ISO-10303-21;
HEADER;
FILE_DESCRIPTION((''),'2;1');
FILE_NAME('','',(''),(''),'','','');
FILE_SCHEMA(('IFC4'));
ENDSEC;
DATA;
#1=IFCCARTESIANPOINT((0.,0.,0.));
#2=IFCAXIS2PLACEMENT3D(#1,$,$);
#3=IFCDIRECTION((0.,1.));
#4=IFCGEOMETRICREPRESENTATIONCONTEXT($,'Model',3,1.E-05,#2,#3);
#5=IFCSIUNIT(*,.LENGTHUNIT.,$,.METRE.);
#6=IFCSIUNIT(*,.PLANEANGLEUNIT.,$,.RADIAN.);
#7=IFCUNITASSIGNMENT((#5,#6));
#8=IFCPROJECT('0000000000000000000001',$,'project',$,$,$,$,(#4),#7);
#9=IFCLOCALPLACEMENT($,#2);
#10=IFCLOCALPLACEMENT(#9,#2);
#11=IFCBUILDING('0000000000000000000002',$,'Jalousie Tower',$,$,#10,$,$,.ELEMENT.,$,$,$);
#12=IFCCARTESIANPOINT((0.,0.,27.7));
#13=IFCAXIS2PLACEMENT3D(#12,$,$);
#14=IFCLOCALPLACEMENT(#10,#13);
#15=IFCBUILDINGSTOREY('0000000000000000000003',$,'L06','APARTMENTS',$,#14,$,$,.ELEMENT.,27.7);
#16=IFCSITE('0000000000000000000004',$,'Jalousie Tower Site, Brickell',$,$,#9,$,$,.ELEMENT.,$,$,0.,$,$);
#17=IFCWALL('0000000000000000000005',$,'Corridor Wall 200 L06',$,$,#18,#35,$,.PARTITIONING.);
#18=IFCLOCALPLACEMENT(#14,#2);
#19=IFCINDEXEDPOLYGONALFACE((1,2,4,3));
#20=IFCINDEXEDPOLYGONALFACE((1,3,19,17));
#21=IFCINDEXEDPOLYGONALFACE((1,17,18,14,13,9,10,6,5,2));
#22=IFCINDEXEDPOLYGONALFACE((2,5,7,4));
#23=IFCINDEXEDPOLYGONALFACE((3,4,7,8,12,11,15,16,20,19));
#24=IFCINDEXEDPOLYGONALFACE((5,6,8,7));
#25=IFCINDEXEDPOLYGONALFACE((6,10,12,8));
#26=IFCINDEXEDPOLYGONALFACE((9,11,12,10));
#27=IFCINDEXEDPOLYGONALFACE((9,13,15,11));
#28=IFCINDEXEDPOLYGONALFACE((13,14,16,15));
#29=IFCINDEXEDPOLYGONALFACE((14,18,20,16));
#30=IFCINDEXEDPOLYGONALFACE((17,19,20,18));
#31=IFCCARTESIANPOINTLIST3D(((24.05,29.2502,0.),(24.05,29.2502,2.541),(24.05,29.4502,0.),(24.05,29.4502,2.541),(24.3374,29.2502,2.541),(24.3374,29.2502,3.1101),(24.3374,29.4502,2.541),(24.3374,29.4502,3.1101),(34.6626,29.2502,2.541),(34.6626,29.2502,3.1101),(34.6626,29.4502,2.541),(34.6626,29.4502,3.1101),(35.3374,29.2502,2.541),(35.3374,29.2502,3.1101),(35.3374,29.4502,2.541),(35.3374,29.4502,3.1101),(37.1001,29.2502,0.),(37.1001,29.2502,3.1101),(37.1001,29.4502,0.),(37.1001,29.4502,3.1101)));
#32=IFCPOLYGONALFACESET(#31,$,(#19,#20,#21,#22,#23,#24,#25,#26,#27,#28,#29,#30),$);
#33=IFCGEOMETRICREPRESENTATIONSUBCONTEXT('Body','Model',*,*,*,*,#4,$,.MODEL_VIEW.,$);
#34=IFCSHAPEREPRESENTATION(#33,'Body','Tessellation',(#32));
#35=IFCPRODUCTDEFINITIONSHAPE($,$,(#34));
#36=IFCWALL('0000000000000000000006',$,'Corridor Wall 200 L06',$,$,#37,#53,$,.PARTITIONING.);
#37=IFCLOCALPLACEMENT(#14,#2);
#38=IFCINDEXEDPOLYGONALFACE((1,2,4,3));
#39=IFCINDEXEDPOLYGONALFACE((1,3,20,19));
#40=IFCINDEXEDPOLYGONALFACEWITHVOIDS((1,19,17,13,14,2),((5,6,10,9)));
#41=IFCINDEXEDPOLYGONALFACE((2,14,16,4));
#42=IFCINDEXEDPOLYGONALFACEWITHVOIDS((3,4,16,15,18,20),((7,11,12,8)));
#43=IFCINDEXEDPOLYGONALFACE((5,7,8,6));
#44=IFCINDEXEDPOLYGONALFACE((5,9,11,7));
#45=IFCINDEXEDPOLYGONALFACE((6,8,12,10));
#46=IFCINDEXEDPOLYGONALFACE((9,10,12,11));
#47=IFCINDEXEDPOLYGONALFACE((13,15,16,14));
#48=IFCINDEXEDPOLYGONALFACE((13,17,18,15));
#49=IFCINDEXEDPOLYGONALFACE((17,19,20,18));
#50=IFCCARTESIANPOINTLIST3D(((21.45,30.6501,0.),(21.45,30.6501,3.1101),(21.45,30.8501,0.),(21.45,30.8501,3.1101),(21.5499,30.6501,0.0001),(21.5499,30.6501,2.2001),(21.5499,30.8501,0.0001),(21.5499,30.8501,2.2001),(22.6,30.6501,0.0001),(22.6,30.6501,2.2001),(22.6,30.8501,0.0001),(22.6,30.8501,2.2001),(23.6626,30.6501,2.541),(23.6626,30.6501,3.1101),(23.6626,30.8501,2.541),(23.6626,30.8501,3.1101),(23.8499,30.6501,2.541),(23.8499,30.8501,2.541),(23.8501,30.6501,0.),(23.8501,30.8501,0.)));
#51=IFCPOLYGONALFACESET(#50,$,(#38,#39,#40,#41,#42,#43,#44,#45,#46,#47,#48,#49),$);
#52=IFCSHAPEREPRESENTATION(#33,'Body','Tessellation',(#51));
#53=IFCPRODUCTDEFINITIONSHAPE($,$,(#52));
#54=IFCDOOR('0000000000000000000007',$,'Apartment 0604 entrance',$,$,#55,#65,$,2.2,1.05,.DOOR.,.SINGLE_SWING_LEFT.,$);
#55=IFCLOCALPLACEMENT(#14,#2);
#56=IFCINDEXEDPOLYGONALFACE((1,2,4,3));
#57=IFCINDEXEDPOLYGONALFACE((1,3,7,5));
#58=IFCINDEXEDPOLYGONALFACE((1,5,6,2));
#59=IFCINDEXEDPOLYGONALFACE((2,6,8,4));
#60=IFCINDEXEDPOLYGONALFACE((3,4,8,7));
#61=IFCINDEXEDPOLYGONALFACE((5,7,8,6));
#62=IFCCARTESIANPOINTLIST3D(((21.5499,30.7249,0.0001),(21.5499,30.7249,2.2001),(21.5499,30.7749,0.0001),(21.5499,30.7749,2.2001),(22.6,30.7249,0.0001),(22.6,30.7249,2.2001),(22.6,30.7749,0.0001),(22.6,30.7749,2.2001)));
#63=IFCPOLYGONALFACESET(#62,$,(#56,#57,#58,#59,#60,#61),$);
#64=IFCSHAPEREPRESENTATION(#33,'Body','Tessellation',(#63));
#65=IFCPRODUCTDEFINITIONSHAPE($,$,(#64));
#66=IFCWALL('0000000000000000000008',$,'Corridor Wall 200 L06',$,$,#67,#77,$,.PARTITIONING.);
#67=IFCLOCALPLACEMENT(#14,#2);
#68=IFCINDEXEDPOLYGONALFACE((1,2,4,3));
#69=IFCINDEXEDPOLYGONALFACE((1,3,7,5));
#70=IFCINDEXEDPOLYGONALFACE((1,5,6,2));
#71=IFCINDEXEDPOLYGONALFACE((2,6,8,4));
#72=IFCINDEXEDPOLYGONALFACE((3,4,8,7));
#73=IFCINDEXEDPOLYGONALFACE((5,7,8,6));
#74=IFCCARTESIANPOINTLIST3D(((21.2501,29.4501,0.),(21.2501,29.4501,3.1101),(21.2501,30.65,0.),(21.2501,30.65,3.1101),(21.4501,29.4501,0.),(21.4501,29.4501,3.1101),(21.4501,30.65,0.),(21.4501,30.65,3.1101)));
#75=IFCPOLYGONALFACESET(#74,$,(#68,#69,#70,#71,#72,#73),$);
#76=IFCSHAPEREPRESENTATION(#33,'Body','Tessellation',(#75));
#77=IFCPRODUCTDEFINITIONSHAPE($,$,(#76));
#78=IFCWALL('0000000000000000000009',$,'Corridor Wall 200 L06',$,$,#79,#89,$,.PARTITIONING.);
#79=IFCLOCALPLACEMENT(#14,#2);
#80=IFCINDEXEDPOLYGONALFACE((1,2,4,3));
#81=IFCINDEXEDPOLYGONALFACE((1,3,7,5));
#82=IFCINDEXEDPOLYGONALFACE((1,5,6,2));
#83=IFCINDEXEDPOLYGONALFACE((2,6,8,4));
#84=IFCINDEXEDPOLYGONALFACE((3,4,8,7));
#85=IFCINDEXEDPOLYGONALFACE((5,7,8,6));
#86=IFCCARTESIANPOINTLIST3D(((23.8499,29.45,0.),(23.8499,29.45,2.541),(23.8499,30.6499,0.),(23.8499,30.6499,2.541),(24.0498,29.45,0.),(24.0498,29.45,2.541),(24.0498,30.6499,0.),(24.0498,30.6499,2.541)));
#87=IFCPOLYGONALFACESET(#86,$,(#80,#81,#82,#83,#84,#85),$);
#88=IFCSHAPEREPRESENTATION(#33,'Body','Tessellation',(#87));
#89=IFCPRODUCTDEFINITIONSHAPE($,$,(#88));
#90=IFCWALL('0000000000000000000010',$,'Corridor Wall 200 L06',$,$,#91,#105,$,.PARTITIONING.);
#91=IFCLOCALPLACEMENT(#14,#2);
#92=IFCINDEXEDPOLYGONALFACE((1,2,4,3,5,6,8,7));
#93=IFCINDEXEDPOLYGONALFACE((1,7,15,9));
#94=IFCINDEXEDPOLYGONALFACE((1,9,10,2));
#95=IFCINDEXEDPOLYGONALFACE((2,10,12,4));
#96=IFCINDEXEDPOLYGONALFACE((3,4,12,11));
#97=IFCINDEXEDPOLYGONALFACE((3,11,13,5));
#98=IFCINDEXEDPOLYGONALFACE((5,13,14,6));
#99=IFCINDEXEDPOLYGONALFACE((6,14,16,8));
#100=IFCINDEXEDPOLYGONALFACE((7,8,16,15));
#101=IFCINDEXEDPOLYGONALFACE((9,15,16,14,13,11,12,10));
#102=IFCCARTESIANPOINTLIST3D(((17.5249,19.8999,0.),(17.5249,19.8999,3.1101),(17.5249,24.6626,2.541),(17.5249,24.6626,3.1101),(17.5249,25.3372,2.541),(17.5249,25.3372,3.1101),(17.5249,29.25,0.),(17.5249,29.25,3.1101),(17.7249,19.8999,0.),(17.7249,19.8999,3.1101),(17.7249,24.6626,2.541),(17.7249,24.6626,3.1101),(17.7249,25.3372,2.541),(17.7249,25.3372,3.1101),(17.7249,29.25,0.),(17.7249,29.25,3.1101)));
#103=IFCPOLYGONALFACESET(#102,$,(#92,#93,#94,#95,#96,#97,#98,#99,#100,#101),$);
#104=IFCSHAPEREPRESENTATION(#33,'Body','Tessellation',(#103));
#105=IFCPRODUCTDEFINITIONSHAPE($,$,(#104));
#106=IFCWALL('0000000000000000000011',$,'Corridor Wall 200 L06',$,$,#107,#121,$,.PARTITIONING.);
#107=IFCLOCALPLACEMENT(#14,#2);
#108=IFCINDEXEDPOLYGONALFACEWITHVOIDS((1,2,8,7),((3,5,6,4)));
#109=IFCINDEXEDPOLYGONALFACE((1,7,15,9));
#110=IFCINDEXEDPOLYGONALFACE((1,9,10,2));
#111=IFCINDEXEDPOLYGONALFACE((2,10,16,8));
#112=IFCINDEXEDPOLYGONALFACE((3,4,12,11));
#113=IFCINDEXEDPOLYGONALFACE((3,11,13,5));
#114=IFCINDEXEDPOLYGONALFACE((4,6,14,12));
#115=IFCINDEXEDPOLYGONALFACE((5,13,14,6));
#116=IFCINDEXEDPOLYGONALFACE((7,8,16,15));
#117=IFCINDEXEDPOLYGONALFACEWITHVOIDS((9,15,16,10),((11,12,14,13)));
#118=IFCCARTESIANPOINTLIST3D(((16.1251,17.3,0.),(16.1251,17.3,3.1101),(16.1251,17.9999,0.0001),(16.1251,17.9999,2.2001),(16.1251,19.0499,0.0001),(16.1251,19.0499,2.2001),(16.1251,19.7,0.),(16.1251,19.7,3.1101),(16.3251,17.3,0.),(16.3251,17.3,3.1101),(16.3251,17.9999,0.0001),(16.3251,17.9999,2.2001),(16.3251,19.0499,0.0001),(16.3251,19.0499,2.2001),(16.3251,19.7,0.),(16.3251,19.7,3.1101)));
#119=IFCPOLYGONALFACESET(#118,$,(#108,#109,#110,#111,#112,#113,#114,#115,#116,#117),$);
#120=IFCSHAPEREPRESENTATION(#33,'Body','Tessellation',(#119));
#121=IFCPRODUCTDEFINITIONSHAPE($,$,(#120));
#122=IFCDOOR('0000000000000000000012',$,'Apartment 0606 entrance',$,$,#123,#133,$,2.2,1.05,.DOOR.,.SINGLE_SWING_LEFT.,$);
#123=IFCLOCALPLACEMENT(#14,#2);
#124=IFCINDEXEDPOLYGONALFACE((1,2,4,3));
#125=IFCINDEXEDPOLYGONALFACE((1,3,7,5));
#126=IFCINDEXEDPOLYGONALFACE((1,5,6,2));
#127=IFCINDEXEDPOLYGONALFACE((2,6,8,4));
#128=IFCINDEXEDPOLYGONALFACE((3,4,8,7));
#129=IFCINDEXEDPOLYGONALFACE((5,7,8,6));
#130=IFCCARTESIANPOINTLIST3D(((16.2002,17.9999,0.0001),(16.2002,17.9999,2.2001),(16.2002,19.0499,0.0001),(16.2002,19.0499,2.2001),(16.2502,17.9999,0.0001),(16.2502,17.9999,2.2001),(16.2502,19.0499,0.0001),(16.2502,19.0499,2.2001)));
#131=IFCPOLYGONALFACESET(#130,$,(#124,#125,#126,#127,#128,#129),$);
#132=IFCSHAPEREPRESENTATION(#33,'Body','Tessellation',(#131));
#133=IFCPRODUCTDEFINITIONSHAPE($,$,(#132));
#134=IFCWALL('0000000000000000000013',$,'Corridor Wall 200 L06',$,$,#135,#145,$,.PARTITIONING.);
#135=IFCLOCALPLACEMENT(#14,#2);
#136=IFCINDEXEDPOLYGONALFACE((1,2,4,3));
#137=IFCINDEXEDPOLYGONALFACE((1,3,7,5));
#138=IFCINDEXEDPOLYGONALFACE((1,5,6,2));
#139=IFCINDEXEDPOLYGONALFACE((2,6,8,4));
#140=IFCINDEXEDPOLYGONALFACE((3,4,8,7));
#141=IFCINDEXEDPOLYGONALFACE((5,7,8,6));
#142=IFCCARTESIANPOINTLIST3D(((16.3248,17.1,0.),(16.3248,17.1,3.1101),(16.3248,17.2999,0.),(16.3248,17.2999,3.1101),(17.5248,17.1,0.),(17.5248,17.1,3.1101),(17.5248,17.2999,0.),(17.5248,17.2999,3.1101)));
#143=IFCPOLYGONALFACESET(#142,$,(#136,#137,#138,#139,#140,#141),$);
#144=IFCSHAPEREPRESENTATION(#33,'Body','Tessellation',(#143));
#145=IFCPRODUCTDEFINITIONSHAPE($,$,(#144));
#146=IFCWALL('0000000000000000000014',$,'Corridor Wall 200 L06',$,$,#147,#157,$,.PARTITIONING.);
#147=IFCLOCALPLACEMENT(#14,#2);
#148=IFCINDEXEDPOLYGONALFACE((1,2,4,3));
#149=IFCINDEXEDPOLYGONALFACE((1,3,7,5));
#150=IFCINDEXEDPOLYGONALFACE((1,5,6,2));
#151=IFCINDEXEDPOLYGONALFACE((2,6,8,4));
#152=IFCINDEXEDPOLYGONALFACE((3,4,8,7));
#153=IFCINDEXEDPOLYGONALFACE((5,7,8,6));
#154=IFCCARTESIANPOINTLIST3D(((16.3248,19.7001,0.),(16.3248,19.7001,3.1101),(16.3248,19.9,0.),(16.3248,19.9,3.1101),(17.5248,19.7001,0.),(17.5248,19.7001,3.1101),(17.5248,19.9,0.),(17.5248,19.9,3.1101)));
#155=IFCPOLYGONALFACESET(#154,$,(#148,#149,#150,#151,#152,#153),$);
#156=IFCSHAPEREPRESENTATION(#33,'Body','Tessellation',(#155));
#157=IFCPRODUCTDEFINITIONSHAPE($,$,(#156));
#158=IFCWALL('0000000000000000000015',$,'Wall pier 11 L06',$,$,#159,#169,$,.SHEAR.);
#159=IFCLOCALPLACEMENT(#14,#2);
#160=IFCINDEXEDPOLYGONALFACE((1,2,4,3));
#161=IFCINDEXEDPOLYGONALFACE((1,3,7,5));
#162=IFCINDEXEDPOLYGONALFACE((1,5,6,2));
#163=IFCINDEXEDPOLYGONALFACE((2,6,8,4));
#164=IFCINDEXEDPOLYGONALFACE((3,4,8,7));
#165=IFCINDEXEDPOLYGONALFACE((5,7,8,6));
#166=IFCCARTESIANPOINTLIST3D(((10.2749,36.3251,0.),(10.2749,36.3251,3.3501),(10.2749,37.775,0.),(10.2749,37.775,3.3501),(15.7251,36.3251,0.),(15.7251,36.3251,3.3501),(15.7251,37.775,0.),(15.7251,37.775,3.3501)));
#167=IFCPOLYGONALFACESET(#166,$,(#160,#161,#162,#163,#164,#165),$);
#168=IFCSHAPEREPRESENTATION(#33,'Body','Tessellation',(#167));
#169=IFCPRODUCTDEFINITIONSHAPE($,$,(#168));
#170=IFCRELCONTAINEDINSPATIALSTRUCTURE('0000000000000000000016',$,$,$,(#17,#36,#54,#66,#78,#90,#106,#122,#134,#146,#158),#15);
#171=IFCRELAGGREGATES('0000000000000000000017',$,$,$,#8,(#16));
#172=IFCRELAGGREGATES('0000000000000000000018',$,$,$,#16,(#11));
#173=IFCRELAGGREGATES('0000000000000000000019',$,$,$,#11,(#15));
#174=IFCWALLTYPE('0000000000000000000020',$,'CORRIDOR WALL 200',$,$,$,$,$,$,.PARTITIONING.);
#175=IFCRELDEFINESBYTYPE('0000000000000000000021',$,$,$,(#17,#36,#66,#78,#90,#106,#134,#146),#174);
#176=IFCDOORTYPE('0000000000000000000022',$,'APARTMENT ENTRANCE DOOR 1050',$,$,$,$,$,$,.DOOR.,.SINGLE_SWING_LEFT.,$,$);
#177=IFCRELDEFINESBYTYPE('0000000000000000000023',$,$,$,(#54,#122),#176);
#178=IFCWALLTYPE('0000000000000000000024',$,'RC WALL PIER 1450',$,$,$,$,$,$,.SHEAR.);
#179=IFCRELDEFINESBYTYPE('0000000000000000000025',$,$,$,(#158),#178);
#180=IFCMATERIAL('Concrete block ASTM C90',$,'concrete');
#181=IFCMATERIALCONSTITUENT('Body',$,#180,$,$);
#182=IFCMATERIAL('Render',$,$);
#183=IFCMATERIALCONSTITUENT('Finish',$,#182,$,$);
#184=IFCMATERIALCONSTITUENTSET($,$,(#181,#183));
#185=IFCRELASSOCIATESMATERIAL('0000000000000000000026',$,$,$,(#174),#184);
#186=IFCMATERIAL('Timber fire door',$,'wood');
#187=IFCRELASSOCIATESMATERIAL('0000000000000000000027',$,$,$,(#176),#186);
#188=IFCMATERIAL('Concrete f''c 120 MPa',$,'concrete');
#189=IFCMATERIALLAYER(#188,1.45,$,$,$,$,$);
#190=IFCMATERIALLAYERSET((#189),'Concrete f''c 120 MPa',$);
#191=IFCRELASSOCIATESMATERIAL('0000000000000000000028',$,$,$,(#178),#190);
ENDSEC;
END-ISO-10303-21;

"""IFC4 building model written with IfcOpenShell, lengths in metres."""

from ifc_helpers import new_model, si_unit, direction, frame, frame_2d, origin, place, context, subcontext, project, spatial, polyline, rectangle, outline, extrude, material, layer, layer_set, constituent, constituent_set, type_object, element, fill, save


model = new_model("IFC4")

# Units and contexts
model_context = context("Model", 3, precision=1e-05, world=origin(), true_north=direction((0.0, 1.0)))
body_context = subcontext(model_context, "Body", "Model", "MODEL_VIEW")
ifc_project = project(units=[si_unit("LENGTHUNIT", "METRE"), si_unit("PLANEANGLEUNIT", "RADIAN")], contexts=[model_context])

# Site, building, storey
site_placement = place(None, origin())
site = spatial("IfcSite", under=ifc_project, at=site_placement, Name="Jalousie Tower Site, Brickell", CompositionType="ELEMENT", RefElevation=0.0)
building_placement = place(site_placement, origin())
building = spatial("IfcBuilding", under=site, at=building_placement, Name="Jalousie Tower", CompositionType="ELEMENT")
storey_placement = place(building_placement, frame((0.0, 0.0, 27.7)))
storey = spatial("IfcBuildingStorey", under=building, at=storey_placement, Name="L06", Description="APARTMENTS", CompositionType="ELEMENT", Elevation=27.7)

# Wall
ifc_material_1 = material(Name="Concrete block ASTM C90", Category="concrete")
ifc_constituent_1 = constituent(ifc_material_1, Name="Body")
ifc_material_2 = material(Name="Render")
ifc_constituent_2 = constituent(ifc_material_2, Name="Finish")
ifc_constituent_set_1 = constituent_set(constituents=[ifc_constituent_1, ifc_constituent_2])
wall_type_1 = type_object("IfcWallType", Name="CORRIDOR WALL 200", PredefinedType="PARTITIONING", material=ifc_constituent_set_1)
wall_1_placement = place(storey_placement, frame((24.05, 29.3501, 0.0), z_axis=(0.0, 0.0, 1.0), x_axis=(1.0, 0.0, 0.0)))
element("IfcWall", 1, at=wall_1_placement, inside=storey, type_object=wall_type_1, Name="Corridor Wall 200 L06", PredefinedType="PARTITIONING", context=body_context, shape_type="SweptSolid", body=[
    extrude(outline(polyline([(0.0, 0.0), (13.05, 0.0), (13.05, 3.1101), (11.2874, 3.1101), (11.2874, 2.541), (10.6125, 2.541), (10.6125, 3.1101), (0.2874, 3.1101), (0.2874, 2.541), (0.0, 2.541), (0.0, 3.1101), (0.0, 0.0)])), frame((0.0, 0.1001, 0.0), z_axis=(0.0, -1.0, 0.0), x_axis=(1.0, 0.0, 0.0)), (0.0, 0.0, 1.0), 0.2),
])

# Wall, opening, door
wall_2_placement = place(storey_placement, frame((21.45, 30.75, 0.0), z_axis=(0.0, 0.0, 1.0), x_axis=(1.0, 0.0, 0.0)))
wall_2 = element("IfcWall", 2, at=wall_2_placement, inside=storey, type_object=wall_type_1, Name="Corridor Wall 200 L06", PredefinedType="PARTITIONING", context=body_context, shape_type="SweptSolid", body=[
    extrude(outline(polyline([(0.0, 0.0), (2.4001, 0.0), (2.3999, 3.1101), (2.3999, 2.541), (2.2126, 2.541), (2.2126, 3.1101), (0.0, 3.1101), (0.0, 0.0)])), frame((0.0, 0.1001, 0.0), z_axis=(0.0, -1.0, 0.0), x_axis=(1.0, 0.0, 0.0)), (0.0, 0.0, 1.0), 0.2),
])
opening_1_placement = place(wall_2_placement, frame((0.1001, 0.0, 0.0)))
opening_1 = element("IfcOpeningElement", 3, at=opening_1_placement, cuts=wall_2, PredefinedType="OPENING", context=body_context, shape_type="SweptSolid", body=[
    extrude(rectangle(XDim=1.05, YDim=2.2, at=frame_2d((0.5249, 1.1001))), frame((0.0, 0.1099, 0.0), z_axis=(0.0, -1.0, 0.0), x_axis=(1.0, 0.0, 0.0)), (0.0, 0.0, 1.0), 0.22),
])
ifc_material_3 = material(Name="Timber fire door", Category="wood")
door_type_1 = type_object("IfcDoorType", Name="APARTMENT ENTRANCE DOOR 1050", OperationType="SINGLE_SWING_LEFT", PredefinedType="DOOR", material=ifc_material_3)
door_1_placement = place(opening_1_placement, origin())
door_1 = element("IfcDoor", 4, at=door_1_placement, inside=storey, type_object=door_type_1, Name="Apartment 0604 entrance", OperationType="SINGLE_SWING_LEFT", OverallHeight=2.2, OverallWidth=1.05, PredefinedType="DOOR", context=body_context, shape_type="SweptSolid", body=[
    extrude(rectangle(XDim=1.05, YDim=2.2, at=frame_2d((0.5249, 1.1001))), frame((0.0, 0.0249, 0.0), z_axis=(0.0, -1.0, 0.0), x_axis=(1.0, 0.0, 0.0)), (0.0, 0.0, 1.0), 0.05),
])
fill(opening_1, door_1)

# Walls
wall_3_placement = place(storey_placement, frame((21.3501, 29.45, 0.0), z_axis=(0.0, 0.0, 1.0), x_axis=(0.0, 1.0, 0.0)))
element("IfcWall", 5, at=wall_3_placement, inside=storey, type_object=wall_type_1, Name="Corridor Wall 200 L06", PredefinedType="PARTITIONING", context=body_context, shape_type="SweptSolid", body=[
    extrude(rectangle(XDim=1.2, YDim=0.2, at=frame_2d((0.6001, 0.0))), origin(), (0.0, 0.0, 1.0), 3.1101),
])
wall_4_placement = place(storey_placement, frame((23.95, 29.45, 0.0), z_axis=(0.0, 0.0, 1.0), x_axis=(0.0, 1.0, 0.0)))
element("IfcWall", 6, at=wall_4_placement, inside=storey, type_object=wall_type_1, Name="Corridor Wall 200 L06", PredefinedType="PARTITIONING", context=body_context, shape_type="SweptSolid", body=[
    extrude(outline(polyline([(0.0, 0.0), (1.2, 0.0), (1.2, 3.1101), (1.2, 2.541), (0.0, 2.541), (0.0, 3.1101), (0.0, 0.0)])), frame((0.0, 0.1001, 0.0), z_axis=(0.0, -1.0, 0.0), x_axis=(1.0, 0.0, 0.0)), (0.0, 0.0, 1.0), 0.2),
])
wall_5_placement = place(storey_placement, frame((17.625, 19.8999, 0.0), z_axis=(0.0, 0.0, 1.0), x_axis=(0.0, 1.0, 0.0)))
element("IfcWall", 7, at=wall_5_placement, inside=storey, type_object=wall_type_1, Name="Corridor Wall 200 L06", PredefinedType="PARTITIONING", context=body_context, shape_type="SweptSolid", body=[
    extrude(outline(polyline([(0.0, 0.0), (9.3501, 0.0), (9.3501, 3.1101), (5.4373, 3.1101), (5.4373, 2.541), (4.7627, 2.541), (4.7627, 3.1101), (0.0, 3.1101), (0.0, 0.0)])), frame((0.0, 0.1001, 0.0), z_axis=(0.0, -1.0, 0.0), x_axis=(1.0, 0.0, 0.0)), (0.0, 0.0, 1.0), 0.2),
])

# Wall, opening, door
wall_6_placement = place(storey_placement, frame((16.2251, 17.3, 0.0), z_axis=(0.0, 0.0, 1.0), x_axis=(0.0, 1.0, 0.0)))
wall_6 = element("IfcWall", 8, at=wall_6_placement, inside=storey, type_object=wall_type_1, Name="Corridor Wall 200 L06", PredefinedType="PARTITIONING", context=body_context, shape_type="SweptSolid", body=[
    extrude(rectangle(XDim=2.3999, YDim=0.2, at=frame_2d((1.2, 0.0))), origin(), (0.0, 0.0, 1.0), 3.1101),
])
opening_2_placement = place(wall_6_placement, frame((0.7, 0.0, 0.0)))
opening_2 = element("IfcOpeningElement", 9, at=opening_2_placement, cuts=wall_6, PredefinedType="OPENING", context=body_context, shape_type="SweptSolid", body=[
    extrude(rectangle(XDim=1.05, YDim=2.2, at=frame_2d((0.5249, 1.1001))), frame((0.0, 0.1099, 0.0), z_axis=(0.0, -1.0, 0.0), x_axis=(1.0, 0.0, 0.0)), (0.0, 0.0, 1.0), 0.22),
])
door_2_placement = place(opening_2_placement, origin())
door_2 = element("IfcDoor", 10, at=door_2_placement, inside=storey, type_object=door_type_1, Name="Apartment 0606 entrance", OperationType="SINGLE_SWING_LEFT", OverallHeight=2.2, OverallWidth=1.05, PredefinedType="DOOR", context=body_context, shape_type="SweptSolid", body=[
    extrude(rectangle(XDim=1.05, YDim=2.2, at=frame_2d((0.5249, 1.1001))), frame((0.0, 0.0249, 0.0), z_axis=(0.0, -1.0, 0.0), x_axis=(1.0, 0.0, 0.0)), (0.0, 0.0, 1.0), 0.05),
])
fill(opening_2, door_2)

# Walls
for number, where, z_axis, x_axis, name in (
    (11, (17.5249, 17.2, 0.0), (0.0, 0.0, 1.0), (-1.0, 0.0, 0.0), "Corridor Wall 200 L06"),
    (12, (17.5249, 19.8, 0.0), (0.0, 0.0, 1.0), (-1.0, 0.0, 0.0), "Corridor Wall 200 L06"),
):
    element("IfcWall", number, at=place(storey_placement, frame(where, z_axis=z_axis, x_axis=x_axis)), inside=storey, type_object=wall_type_1, Name=name, PredefinedType="PARTITIONING", context=body_context, shape_type="SweptSolid", body=[
        extrude(rectangle(XDim=1.2, YDim=0.2, at=frame_2d((0.6001, 0.0))), origin(), (0.0, 0.0, 1.0), 3.1101),
    ])
ifc_material_4 = material(Name="Concrete f'c 120 MPa", Category="concrete")
ifc_layer_1 = layer(ifc_material_4, 1.45)
ifc_layer_set_1 = layer_set([ifc_layer_1], Name="Concrete f'c 120 MPa")
wall_type_2 = type_object("IfcWallType", Name="RC WALL PIER 1450", PredefinedType="SHEAR", material=ifc_layer_set_1)
wall_7_placement = place(storey_placement, frame((10.2749, 37.05, 0.0), z_axis=(0.0, 0.0, 1.0), x_axis=(1.0, 0.0, 0.0)))
element("IfcWall", 13, at=wall_7_placement, inside=storey, type_object=wall_type_2, Name="Wall pier 11 L06", PredefinedType="SHEAR", context=body_context, shape_type="SweptSolid", body=[
    extrude(rectangle(XDim=5.4502, YDim=1.45, at=frame_2d((2.7251, 0.0))), origin(), (0.0, 0.0, 1.0), 3.3501),
])

save(model, "model.ifc")
